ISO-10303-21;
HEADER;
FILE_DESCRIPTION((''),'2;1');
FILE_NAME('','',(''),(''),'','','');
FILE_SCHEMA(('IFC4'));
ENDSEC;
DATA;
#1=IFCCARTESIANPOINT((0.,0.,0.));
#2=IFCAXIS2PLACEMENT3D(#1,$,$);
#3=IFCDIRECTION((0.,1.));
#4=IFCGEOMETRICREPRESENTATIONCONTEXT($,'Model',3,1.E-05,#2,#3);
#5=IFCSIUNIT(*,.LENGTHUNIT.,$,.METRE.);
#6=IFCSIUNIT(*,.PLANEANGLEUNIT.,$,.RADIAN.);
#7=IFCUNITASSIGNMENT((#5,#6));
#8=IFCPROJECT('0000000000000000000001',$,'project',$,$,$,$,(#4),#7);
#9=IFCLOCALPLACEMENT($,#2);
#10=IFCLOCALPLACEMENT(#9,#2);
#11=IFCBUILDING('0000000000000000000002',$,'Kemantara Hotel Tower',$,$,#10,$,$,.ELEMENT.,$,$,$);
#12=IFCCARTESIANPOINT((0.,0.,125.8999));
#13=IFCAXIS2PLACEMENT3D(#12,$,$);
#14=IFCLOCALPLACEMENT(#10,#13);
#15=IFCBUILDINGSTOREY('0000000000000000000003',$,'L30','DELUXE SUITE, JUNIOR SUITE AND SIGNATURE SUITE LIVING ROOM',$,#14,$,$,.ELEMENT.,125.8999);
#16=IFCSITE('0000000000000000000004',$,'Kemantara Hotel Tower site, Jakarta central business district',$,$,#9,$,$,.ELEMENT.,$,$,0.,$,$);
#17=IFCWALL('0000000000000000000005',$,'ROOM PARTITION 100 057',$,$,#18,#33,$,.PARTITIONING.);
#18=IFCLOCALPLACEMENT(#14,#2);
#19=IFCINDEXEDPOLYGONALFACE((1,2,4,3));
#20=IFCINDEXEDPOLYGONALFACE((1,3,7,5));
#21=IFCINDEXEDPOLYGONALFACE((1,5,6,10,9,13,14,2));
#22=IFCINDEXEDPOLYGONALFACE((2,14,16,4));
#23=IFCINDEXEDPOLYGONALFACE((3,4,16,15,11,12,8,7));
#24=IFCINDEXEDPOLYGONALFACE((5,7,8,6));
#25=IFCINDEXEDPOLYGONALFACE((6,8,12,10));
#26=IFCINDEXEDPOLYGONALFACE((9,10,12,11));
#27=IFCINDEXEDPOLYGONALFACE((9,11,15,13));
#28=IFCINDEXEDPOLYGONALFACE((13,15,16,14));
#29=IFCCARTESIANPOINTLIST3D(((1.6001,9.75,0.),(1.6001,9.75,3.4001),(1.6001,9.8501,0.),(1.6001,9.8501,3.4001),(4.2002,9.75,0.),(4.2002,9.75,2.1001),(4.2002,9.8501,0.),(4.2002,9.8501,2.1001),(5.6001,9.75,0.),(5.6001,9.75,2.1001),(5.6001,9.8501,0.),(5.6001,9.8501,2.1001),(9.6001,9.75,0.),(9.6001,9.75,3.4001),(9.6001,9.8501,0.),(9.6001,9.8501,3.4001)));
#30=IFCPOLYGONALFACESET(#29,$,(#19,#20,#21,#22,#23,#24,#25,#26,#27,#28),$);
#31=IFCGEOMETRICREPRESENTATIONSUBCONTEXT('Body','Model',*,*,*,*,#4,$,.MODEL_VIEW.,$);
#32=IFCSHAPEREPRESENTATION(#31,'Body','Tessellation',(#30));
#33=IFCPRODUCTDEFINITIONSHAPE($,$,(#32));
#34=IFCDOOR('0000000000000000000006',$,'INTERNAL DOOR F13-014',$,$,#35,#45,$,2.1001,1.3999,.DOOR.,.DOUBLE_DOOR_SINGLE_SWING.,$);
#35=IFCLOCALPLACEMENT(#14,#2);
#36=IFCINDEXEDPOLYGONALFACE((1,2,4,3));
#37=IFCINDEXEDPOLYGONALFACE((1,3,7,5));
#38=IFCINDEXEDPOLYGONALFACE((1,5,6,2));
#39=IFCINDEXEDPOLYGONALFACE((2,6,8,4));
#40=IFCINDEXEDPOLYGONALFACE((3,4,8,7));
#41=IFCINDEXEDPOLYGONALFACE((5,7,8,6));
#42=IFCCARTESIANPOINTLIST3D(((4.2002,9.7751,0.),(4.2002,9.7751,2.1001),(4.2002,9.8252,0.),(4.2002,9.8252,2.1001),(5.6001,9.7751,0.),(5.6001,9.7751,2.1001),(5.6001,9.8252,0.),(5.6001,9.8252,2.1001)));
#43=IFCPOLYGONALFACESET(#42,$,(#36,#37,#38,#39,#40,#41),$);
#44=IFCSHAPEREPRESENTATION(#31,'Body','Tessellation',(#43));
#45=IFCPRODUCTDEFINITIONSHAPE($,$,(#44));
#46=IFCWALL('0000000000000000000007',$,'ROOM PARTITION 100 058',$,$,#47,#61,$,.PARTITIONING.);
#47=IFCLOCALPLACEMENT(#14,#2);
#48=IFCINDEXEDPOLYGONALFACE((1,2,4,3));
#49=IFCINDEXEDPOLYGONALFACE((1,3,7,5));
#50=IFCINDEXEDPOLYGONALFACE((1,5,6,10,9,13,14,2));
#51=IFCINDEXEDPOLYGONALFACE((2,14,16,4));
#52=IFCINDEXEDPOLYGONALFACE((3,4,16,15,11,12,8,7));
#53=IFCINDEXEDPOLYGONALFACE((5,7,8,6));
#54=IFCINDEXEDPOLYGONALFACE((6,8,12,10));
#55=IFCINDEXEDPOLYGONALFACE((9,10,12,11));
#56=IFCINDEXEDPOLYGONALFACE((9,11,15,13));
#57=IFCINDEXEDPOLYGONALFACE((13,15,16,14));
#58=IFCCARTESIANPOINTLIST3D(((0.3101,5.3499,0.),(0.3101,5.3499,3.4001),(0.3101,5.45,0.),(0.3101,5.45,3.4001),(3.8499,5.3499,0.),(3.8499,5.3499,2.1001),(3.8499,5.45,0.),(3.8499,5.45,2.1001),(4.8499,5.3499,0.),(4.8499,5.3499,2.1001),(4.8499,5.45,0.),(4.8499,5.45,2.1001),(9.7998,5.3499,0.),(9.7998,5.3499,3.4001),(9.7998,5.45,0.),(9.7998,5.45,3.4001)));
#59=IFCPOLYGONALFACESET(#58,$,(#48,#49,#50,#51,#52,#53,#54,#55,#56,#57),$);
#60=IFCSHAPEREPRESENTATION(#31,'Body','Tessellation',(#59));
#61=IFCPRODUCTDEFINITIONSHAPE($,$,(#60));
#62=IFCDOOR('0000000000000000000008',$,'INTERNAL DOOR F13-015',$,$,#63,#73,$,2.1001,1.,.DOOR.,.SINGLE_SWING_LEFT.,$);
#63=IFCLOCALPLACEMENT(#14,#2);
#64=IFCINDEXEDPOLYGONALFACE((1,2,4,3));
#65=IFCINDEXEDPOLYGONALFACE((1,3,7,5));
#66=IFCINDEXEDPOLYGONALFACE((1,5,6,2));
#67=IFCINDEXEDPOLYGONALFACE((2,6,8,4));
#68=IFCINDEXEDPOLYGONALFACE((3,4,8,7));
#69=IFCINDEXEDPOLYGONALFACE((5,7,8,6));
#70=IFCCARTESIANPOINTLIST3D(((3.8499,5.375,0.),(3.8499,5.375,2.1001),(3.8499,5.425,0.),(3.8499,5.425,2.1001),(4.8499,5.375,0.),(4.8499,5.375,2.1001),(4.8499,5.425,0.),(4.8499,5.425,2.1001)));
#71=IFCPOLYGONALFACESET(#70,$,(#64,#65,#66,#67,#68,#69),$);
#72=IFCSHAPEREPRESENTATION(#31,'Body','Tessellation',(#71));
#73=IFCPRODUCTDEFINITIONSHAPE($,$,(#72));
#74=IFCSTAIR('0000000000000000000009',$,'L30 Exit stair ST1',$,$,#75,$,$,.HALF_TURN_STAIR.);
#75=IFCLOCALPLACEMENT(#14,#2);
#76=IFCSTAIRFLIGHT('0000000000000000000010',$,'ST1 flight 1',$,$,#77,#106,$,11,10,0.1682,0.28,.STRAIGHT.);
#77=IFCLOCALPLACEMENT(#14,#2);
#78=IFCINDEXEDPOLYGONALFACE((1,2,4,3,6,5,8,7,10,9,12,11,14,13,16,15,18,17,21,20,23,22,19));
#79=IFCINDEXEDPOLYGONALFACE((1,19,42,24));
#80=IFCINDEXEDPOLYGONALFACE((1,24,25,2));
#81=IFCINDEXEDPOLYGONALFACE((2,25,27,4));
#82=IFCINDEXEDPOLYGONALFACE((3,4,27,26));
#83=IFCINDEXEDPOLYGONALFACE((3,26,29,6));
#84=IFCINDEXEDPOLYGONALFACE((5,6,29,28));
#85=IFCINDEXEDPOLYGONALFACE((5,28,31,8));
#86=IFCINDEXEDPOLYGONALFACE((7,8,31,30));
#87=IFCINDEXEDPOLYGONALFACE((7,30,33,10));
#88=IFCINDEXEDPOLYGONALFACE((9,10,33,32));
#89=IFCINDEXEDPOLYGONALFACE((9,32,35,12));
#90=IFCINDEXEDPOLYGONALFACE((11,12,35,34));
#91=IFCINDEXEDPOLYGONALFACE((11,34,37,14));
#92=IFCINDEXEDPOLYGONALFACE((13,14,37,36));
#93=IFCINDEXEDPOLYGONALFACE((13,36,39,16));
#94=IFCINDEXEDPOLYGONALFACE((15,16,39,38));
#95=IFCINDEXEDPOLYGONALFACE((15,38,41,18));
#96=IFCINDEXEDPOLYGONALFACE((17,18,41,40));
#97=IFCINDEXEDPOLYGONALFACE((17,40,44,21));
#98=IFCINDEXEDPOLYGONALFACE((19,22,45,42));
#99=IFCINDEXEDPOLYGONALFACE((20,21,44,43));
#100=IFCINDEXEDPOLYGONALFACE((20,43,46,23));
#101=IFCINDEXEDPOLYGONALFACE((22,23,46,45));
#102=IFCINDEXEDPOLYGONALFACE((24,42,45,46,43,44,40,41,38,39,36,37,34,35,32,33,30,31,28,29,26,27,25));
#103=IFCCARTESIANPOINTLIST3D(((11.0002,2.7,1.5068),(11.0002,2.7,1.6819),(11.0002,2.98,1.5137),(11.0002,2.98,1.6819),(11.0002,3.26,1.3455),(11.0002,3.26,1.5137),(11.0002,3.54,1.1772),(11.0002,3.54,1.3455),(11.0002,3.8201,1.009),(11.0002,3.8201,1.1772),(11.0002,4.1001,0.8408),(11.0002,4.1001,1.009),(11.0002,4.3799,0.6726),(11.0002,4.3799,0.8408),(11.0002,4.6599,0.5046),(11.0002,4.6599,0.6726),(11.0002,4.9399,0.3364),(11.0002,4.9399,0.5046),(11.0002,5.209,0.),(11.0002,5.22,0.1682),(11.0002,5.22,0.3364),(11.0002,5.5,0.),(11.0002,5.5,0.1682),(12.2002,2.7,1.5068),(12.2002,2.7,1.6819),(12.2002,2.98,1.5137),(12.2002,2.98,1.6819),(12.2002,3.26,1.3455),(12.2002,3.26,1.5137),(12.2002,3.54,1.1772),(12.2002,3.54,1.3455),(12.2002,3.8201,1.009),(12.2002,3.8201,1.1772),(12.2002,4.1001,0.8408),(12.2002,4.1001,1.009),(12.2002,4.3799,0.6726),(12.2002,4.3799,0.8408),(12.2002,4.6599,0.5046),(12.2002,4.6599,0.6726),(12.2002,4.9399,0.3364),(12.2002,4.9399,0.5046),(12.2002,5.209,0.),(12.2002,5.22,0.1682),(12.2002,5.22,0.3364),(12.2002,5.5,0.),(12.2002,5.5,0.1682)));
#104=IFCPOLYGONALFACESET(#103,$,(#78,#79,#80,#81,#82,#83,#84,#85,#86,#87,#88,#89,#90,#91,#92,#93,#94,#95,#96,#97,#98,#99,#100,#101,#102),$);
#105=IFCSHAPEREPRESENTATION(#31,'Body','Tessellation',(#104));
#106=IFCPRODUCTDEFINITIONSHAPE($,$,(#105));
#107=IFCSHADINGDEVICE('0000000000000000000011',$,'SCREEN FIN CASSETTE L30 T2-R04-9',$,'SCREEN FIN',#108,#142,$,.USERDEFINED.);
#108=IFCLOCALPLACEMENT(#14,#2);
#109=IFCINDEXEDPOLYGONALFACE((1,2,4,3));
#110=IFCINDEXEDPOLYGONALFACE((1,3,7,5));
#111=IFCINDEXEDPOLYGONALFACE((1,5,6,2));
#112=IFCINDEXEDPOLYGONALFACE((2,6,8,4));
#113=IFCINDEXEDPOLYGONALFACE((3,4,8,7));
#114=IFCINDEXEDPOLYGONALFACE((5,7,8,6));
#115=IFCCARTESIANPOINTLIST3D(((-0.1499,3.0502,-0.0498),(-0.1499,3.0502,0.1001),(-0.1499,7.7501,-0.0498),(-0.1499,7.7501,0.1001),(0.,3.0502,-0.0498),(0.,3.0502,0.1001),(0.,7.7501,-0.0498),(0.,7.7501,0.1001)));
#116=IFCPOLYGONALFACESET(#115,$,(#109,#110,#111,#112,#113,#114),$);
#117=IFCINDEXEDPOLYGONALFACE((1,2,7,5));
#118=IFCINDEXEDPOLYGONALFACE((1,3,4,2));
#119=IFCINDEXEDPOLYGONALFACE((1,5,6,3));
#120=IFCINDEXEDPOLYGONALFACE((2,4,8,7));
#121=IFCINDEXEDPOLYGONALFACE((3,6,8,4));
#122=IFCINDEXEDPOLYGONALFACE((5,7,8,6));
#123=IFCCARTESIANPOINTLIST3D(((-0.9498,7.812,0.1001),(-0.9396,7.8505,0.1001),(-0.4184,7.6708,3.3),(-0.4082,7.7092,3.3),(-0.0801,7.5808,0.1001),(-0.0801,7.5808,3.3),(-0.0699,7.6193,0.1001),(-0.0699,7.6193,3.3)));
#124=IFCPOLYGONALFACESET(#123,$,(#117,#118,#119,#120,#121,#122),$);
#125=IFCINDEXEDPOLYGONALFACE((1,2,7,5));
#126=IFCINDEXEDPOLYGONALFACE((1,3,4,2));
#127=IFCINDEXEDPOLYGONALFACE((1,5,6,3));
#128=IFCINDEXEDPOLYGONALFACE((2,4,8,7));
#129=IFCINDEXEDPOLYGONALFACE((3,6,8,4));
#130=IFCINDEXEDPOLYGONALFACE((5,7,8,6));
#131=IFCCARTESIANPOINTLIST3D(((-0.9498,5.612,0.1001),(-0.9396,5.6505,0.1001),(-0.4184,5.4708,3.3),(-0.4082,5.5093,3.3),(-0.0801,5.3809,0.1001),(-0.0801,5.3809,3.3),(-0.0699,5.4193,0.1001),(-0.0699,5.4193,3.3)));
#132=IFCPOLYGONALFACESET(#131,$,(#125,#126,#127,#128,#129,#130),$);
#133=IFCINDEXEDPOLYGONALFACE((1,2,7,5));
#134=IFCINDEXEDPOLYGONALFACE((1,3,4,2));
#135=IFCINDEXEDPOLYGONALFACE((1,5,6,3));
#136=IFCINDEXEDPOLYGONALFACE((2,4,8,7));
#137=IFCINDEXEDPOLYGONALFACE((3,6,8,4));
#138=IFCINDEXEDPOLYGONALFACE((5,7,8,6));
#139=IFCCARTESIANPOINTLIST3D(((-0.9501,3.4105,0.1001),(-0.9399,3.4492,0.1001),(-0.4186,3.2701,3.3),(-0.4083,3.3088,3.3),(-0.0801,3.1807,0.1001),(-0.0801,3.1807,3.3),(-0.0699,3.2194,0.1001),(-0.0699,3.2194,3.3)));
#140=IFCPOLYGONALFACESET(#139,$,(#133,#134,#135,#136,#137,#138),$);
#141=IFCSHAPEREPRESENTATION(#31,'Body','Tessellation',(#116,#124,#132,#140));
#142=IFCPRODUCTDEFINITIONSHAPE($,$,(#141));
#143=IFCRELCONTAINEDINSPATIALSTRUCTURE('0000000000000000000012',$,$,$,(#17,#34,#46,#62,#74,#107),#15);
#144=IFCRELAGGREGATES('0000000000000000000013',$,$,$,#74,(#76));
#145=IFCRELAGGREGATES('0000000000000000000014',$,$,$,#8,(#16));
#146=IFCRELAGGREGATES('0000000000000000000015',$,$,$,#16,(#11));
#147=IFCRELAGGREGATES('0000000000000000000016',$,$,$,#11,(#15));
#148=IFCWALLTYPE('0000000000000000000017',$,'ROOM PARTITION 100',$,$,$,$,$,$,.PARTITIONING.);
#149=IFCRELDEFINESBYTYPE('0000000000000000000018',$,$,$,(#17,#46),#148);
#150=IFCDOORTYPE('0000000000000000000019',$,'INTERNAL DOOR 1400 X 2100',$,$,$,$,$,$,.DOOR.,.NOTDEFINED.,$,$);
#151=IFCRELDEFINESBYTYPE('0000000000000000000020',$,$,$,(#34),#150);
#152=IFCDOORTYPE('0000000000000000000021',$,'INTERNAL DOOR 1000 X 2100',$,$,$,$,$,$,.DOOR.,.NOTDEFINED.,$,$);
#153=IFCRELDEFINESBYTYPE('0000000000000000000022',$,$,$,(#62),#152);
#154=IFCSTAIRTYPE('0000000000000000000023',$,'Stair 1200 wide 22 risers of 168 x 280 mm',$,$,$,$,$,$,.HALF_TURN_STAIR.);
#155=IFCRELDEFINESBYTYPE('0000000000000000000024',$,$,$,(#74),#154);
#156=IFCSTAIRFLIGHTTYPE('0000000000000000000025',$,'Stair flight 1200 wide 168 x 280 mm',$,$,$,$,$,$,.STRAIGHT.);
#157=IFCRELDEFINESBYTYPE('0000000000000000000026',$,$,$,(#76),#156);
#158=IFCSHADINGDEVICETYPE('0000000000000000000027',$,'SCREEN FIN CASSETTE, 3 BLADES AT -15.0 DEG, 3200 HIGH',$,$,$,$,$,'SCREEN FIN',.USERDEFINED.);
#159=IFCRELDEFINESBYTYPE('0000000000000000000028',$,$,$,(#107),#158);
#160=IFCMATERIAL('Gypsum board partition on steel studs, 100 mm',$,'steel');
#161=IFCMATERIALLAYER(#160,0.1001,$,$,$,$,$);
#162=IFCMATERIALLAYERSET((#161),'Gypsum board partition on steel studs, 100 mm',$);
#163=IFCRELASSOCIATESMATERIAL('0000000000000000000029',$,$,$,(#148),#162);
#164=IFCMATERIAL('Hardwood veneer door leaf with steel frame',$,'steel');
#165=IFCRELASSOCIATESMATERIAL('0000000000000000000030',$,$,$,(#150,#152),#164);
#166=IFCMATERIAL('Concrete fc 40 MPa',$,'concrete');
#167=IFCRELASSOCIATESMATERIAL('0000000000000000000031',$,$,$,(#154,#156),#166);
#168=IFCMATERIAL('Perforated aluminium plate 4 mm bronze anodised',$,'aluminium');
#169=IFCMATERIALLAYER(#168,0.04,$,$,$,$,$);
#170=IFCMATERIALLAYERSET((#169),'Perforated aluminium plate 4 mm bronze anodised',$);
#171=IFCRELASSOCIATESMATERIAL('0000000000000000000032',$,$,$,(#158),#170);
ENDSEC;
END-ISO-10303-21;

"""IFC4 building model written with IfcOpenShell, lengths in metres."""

from ifc_helpers import new_model, si_unit, direction, frame, frame_2d, origin, origin_2d, place, context, subcontext, project, spatial, polyline, rectangle, outline, extrude, source, transform, mapped, material, layer, layer_set, type_object, element, fill, aggregate, save


model = new_model("IFC4")

# Units and contexts
model_context = context("Model", 3, precision=1e-05, world=origin(), true_north=direction((0.0, 1.0)))
body_context = subcontext(model_context, "Body", "Model", "MODEL_VIEW")
ifc_project = project(units=[si_unit("LENGTHUNIT", "METRE"), si_unit("PLANEANGLEUNIT", "RADIAN")], contexts=[model_context])

# Site, building, storey
site_placement = place(None, origin())
site = spatial("IfcSite", under=ifc_project, at=site_placement, Name="Kemantara Hotel Tower site, Jakarta central business district", CompositionType="ELEMENT", RefElevation=0.0)
building_placement = place(site_placement, origin())
building = spatial("IfcBuilding", under=site, at=building_placement, Name="Kemantara Hotel Tower", CompositionType="ELEMENT")
storey_placement = place(building_placement, frame((0.0, 0.0, 125.8999)))
storey = spatial("IfcBuildingStorey", under=building, at=storey_placement, Name="L30", Description="DELUXE SUITE, JUNIOR SUITE AND SIGNATURE SUITE LIVING ROOM", CompositionType="ELEMENT", Elevation=125.8999)

# Walls, openings, doors
ifc_material_1 = material(Name="Gypsum board partition on steel studs, 100 mm", Category="steel")
ifc_layer_1 = layer(ifc_material_1, 0.1001)
ifc_layer_set_1 = layer_set([ifc_layer_1], Name="Gypsum board partition on steel studs, 100 mm")
wall_type_1 = type_object("IfcWallType", Name="ROOM PARTITION 100", PredefinedType="PARTITIONING", material=ifc_layer_set_1)
wall_1_placement = place(storey_placement, frame((9.6001, 9.8, 0.0), z_axis=(0.0, 0.0, 1.0), x_axis=(-1.0, 0.0, 0.0)))
wall_1 = element("IfcWall", 1, at=wall_1_placement, inside=storey, type_object=wall_type_1, Name="ROOM PARTITION 100 057", PredefinedType="PARTITIONING", context=body_context, shape_type="SweptSolid", body=[
    extrude(rectangle(XDim=8.0, YDim=0.1001, at=frame_2d((4.0, 0.0))), origin(), (0.0, 0.0, 1.0), 3.4001),
])
opening_1_placement = place(wall_1_placement, frame((4.0, 0.0, 0.0)))
opening_1 = element("IfcOpeningElement", 2, at=opening_1_placement, cuts=wall_1, PredefinedType="OPENING", context=body_context, shape_type="SweptSolid", body=[
    extrude(rectangle(XDim=1.3999, YDim=2.1001, at=frame_2d((0.7, 1.05))), frame((0.0, 0.0601, 0.0), z_axis=(0.0, -1.0, 0.0), x_axis=(1.0, 0.0, 0.0)), (0.0, 0.0, 1.0), 0.1201),
])
ifc_material_2 = material(Name="Hardwood veneer door leaf with steel frame", Category="steel")
door_type_1 = type_object("IfcDoorType", Name="INTERNAL DOOR 1400 X 2100", OperationType="NOTDEFINED", PredefinedType="DOOR", material=ifc_material_2)
door_1_placement = place(opening_1_placement, origin())
door_1 = element("IfcDoor", 3, at=door_1_placement, inside=storey, type_object=door_type_1, Name="INTERNAL DOOR F13-014", OperationType="DOUBLE_DOOR_SINGLE_SWING", OverallHeight=2.1001, OverallWidth=1.3999, PredefinedType="DOOR", context=body_context, shape_type="SweptSolid", body=[
    extrude(rectangle(XDim=1.3999, YDim=2.1001, at=frame_2d((0.7, 1.05))), frame((0.0, 0.0249, 0.0), z_axis=(0.0, -1.0, 0.0), x_axis=(1.0, 0.0, 0.0)), (0.0, 0.0, 1.0), 0.05),
])
fill(opening_1, door_1)
wall_2_placement = place(storey_placement, frame((9.7998, 5.3999, 0.0), z_axis=(0.0, 0.0, 1.0), x_axis=(-1.0, 0.0, 0.0)))
wall_2 = element("IfcWall", 4, at=wall_2_placement, inside=storey, type_object=wall_type_1, Name="ROOM PARTITION 100 058", PredefinedType="PARTITIONING", context=body_context, shape_type="SweptSolid", body=[
    extrude(rectangle(XDim=9.4897, YDim=0.1001, at=frame_2d((4.7449, 0.0))), origin(), (0.0, 0.0, 1.0), 3.4001),
])
opening_2_placement = place(wall_2_placement, frame((4.95, 0.0, 0.0)))
opening_2 = element("IfcOpeningElement", 5, at=opening_2_placement, cuts=wall_2, PredefinedType="OPENING", context=body_context, shape_type="SweptSolid", body=[
    extrude(rectangle(XDim=1.0, YDim=2.1001, at=frame_2d((0.5, 1.05))), frame((0.0, 0.0601, 0.0), z_axis=(0.0, -1.0, 0.0), x_axis=(1.0, 0.0, 0.0)), (0.0, 0.0, 1.0), 0.1201),
])
door_type_2 = type_object("IfcDoorType", Name="INTERNAL DOOR 1000 X 2100", OperationType="NOTDEFINED", PredefinedType="DOOR", material=ifc_material_2)
door_2_placement = place(opening_2_placement, origin())
door_2 = element("IfcDoor", 6, at=door_2_placement, inside=storey, type_object=door_type_2, Name="INTERNAL DOOR F13-015", OperationType="SINGLE_SWING_LEFT", OverallHeight=2.1001, OverallWidth=1.0, PredefinedType="DOOR", context=body_context, shape_type="SweptSolid", body=[
    extrude(rectangle(XDim=1.0, YDim=2.1001, at=frame_2d((0.5, 1.05))), frame((0.0, 0.0249, 0.0), z_axis=(0.0, -1.0, 0.0), x_axis=(1.0, 0.0, 0.0)), (0.0, 0.0, 1.0), 0.05),
])
fill(opening_2, door_2)

# Stair, stair flight
ifc_material_3 = material(Name="Concrete fc 40 MPa", Category="concrete")
stair_type = type_object("IfcStairType", Name="Stair 1200 wide 22 risers of 168 x 280 mm", PredefinedType="HALF_TURN_STAIR", material=ifc_material_3)
stair_placement = place(storey_placement, origin())
stair = element("IfcStair", 7, at=stair_placement, inside=storey, type_object=stair_type, Name="L30 Exit stair ST1", PredefinedType="HALF_TURN_STAIR")
stair_flight_type = type_object("IfcStairFlightType", Name="Stair flight 1200 wide 168 x 280 mm", PredefinedType="STRAIGHT", material=ifc_material_3)
stair_flight_placement = place(storey_placement, frame((11.6001, 5.5, 0.0), z_axis=(0.0, 0.0, 1.0), x_axis=(0.0, -1.0, 0.0)))
stair_flight = element("IfcStairFlight", 8, at=stair_flight_placement, type_object=stair_flight_type, Name="ST1 flight 1", NumberOfRisers=11, NumberOfTreads=10, PredefinedType="STRAIGHT", RiserHeight=0.1682, TreadLength=0.28, context=body_context, shape_type="SweptSolid", body=[
    extrude(outline(polyline([(0.0, 0.0), (0.0, 0.1682), (0.28, 0.1682), (0.28, 0.3364), (0.5601, 0.3364), (0.5601, 0.5046), (0.8401, 0.5046), (0.8401, 0.6726), (1.1201, 0.6726), (1.1201, 0.8408), (1.3999, 0.8408), (1.3999, 1.009), (1.6799, 1.009), (1.6799, 1.1772), (1.96, 1.1772), (1.96, 1.3455), (2.24, 1.3455), (2.24, 1.5137), (2.52, 1.5137), (2.52, 1.6819), (2.8, 1.6819), (2.8, 1.8501), (2.8, 1.5068), (0.291, 0.0), (0.0, 0.0)])), frame((0.0, 0.6001, 0.0), z_axis=(0.0, -1.0, 0.0), x_axis=(1.0, 0.0, 0.0)), (0.0, 0.0, 1.0), 1.2),
])
aggregate(stair, [stair_flight])

# Shading device
ifc_material_4 = material(Name="Perforated aluminium plate 4 mm bronze anodised", Category="aluminium")
ifc_layer_2 = layer(ifc_material_4, 0.04)
ifc_layer_set_2 = layer_set([ifc_layer_2], Name="Perforated aluminium plate 4 mm bronze anodised")
shading_device_type = type_object("IfcShadingDeviceType", Name="SCREEN FIN CASSETTE, 3 BLADES AT -15.0 DEG, 3200 HIGH", ElementType="SCREEN FIN", PredefinedType="USERDEFINED", material=ifc_layer_set_2)
shared_shape = source(origin(), body_context, "Body", "SweptSolid", [
    extrude(rectangle(XDim=4.7, YDim=0.1499, at=origin_2d()), frame((2.2, -0.075, -0.1499), z_axis=(0.0, 0.0, 1.0), x_axis=(1.0, 0.0, 0.0)), (0.0, 0.0, 1.0), 0.1499),
    extrude(outline(polyline([(0.0, 0.0), (0.8999, 0.0), (0.3501, 3.2), (0.0, 3.2), (0.0, 0.0)])), frame((0.0193, -0.0801, 0.0), z_axis=(-0.966438, 0.256901, 0.0), x_axis=(-0.256901, -0.966438, 0.0)), (0.0, 0.0, 1.0), 0.0398),
    extrude(outline(polyline([(0.0, 0.0), (0.8999, 0.0), (0.3501, 3.2), (0.0, 3.2), (0.0, 0.0)])), frame((2.2192, -0.0801, 0.0), z_axis=(-0.966438, 0.256901, 0.0), x_axis=(-0.256901, -0.966438, 0.0)), (0.0, 0.0, 1.0), 0.0398),
    extrude(outline(polyline([(0.0, 0.0), (0.8999, 0.0), (0.3501, 3.2), (0.0, 3.2), (0.0, 0.0)])), frame((4.4194, -0.0801, 0.0), z_axis=(-0.966838, 0.255391, 0.0), x_axis=(-0.255391, -0.966838, 0.0)), (0.0, 0.0, 1.0), 0.04),
])
shading_device_placement = place(storey_placement, frame((0.0, 7.6001, 0.1001), z_axis=(0.0, 0.0, 1.0), x_axis=(0.0, -1.0, 0.0)))
element("IfcShadingDevice", 9, at=shading_device_placement, inside=storey, type_object=shading_device_type, Name="SCREEN FIN CASSETTE L30 T2-R04-9", ObjectType="SCREEN FIN", PredefinedType="USERDEFINED", context=body_context, shape_type="MappedRepresentation", body=[
    mapped(shared_shape, transform((0.0, 0.0, 0.0))),
])

save(model, "model.ifc")
